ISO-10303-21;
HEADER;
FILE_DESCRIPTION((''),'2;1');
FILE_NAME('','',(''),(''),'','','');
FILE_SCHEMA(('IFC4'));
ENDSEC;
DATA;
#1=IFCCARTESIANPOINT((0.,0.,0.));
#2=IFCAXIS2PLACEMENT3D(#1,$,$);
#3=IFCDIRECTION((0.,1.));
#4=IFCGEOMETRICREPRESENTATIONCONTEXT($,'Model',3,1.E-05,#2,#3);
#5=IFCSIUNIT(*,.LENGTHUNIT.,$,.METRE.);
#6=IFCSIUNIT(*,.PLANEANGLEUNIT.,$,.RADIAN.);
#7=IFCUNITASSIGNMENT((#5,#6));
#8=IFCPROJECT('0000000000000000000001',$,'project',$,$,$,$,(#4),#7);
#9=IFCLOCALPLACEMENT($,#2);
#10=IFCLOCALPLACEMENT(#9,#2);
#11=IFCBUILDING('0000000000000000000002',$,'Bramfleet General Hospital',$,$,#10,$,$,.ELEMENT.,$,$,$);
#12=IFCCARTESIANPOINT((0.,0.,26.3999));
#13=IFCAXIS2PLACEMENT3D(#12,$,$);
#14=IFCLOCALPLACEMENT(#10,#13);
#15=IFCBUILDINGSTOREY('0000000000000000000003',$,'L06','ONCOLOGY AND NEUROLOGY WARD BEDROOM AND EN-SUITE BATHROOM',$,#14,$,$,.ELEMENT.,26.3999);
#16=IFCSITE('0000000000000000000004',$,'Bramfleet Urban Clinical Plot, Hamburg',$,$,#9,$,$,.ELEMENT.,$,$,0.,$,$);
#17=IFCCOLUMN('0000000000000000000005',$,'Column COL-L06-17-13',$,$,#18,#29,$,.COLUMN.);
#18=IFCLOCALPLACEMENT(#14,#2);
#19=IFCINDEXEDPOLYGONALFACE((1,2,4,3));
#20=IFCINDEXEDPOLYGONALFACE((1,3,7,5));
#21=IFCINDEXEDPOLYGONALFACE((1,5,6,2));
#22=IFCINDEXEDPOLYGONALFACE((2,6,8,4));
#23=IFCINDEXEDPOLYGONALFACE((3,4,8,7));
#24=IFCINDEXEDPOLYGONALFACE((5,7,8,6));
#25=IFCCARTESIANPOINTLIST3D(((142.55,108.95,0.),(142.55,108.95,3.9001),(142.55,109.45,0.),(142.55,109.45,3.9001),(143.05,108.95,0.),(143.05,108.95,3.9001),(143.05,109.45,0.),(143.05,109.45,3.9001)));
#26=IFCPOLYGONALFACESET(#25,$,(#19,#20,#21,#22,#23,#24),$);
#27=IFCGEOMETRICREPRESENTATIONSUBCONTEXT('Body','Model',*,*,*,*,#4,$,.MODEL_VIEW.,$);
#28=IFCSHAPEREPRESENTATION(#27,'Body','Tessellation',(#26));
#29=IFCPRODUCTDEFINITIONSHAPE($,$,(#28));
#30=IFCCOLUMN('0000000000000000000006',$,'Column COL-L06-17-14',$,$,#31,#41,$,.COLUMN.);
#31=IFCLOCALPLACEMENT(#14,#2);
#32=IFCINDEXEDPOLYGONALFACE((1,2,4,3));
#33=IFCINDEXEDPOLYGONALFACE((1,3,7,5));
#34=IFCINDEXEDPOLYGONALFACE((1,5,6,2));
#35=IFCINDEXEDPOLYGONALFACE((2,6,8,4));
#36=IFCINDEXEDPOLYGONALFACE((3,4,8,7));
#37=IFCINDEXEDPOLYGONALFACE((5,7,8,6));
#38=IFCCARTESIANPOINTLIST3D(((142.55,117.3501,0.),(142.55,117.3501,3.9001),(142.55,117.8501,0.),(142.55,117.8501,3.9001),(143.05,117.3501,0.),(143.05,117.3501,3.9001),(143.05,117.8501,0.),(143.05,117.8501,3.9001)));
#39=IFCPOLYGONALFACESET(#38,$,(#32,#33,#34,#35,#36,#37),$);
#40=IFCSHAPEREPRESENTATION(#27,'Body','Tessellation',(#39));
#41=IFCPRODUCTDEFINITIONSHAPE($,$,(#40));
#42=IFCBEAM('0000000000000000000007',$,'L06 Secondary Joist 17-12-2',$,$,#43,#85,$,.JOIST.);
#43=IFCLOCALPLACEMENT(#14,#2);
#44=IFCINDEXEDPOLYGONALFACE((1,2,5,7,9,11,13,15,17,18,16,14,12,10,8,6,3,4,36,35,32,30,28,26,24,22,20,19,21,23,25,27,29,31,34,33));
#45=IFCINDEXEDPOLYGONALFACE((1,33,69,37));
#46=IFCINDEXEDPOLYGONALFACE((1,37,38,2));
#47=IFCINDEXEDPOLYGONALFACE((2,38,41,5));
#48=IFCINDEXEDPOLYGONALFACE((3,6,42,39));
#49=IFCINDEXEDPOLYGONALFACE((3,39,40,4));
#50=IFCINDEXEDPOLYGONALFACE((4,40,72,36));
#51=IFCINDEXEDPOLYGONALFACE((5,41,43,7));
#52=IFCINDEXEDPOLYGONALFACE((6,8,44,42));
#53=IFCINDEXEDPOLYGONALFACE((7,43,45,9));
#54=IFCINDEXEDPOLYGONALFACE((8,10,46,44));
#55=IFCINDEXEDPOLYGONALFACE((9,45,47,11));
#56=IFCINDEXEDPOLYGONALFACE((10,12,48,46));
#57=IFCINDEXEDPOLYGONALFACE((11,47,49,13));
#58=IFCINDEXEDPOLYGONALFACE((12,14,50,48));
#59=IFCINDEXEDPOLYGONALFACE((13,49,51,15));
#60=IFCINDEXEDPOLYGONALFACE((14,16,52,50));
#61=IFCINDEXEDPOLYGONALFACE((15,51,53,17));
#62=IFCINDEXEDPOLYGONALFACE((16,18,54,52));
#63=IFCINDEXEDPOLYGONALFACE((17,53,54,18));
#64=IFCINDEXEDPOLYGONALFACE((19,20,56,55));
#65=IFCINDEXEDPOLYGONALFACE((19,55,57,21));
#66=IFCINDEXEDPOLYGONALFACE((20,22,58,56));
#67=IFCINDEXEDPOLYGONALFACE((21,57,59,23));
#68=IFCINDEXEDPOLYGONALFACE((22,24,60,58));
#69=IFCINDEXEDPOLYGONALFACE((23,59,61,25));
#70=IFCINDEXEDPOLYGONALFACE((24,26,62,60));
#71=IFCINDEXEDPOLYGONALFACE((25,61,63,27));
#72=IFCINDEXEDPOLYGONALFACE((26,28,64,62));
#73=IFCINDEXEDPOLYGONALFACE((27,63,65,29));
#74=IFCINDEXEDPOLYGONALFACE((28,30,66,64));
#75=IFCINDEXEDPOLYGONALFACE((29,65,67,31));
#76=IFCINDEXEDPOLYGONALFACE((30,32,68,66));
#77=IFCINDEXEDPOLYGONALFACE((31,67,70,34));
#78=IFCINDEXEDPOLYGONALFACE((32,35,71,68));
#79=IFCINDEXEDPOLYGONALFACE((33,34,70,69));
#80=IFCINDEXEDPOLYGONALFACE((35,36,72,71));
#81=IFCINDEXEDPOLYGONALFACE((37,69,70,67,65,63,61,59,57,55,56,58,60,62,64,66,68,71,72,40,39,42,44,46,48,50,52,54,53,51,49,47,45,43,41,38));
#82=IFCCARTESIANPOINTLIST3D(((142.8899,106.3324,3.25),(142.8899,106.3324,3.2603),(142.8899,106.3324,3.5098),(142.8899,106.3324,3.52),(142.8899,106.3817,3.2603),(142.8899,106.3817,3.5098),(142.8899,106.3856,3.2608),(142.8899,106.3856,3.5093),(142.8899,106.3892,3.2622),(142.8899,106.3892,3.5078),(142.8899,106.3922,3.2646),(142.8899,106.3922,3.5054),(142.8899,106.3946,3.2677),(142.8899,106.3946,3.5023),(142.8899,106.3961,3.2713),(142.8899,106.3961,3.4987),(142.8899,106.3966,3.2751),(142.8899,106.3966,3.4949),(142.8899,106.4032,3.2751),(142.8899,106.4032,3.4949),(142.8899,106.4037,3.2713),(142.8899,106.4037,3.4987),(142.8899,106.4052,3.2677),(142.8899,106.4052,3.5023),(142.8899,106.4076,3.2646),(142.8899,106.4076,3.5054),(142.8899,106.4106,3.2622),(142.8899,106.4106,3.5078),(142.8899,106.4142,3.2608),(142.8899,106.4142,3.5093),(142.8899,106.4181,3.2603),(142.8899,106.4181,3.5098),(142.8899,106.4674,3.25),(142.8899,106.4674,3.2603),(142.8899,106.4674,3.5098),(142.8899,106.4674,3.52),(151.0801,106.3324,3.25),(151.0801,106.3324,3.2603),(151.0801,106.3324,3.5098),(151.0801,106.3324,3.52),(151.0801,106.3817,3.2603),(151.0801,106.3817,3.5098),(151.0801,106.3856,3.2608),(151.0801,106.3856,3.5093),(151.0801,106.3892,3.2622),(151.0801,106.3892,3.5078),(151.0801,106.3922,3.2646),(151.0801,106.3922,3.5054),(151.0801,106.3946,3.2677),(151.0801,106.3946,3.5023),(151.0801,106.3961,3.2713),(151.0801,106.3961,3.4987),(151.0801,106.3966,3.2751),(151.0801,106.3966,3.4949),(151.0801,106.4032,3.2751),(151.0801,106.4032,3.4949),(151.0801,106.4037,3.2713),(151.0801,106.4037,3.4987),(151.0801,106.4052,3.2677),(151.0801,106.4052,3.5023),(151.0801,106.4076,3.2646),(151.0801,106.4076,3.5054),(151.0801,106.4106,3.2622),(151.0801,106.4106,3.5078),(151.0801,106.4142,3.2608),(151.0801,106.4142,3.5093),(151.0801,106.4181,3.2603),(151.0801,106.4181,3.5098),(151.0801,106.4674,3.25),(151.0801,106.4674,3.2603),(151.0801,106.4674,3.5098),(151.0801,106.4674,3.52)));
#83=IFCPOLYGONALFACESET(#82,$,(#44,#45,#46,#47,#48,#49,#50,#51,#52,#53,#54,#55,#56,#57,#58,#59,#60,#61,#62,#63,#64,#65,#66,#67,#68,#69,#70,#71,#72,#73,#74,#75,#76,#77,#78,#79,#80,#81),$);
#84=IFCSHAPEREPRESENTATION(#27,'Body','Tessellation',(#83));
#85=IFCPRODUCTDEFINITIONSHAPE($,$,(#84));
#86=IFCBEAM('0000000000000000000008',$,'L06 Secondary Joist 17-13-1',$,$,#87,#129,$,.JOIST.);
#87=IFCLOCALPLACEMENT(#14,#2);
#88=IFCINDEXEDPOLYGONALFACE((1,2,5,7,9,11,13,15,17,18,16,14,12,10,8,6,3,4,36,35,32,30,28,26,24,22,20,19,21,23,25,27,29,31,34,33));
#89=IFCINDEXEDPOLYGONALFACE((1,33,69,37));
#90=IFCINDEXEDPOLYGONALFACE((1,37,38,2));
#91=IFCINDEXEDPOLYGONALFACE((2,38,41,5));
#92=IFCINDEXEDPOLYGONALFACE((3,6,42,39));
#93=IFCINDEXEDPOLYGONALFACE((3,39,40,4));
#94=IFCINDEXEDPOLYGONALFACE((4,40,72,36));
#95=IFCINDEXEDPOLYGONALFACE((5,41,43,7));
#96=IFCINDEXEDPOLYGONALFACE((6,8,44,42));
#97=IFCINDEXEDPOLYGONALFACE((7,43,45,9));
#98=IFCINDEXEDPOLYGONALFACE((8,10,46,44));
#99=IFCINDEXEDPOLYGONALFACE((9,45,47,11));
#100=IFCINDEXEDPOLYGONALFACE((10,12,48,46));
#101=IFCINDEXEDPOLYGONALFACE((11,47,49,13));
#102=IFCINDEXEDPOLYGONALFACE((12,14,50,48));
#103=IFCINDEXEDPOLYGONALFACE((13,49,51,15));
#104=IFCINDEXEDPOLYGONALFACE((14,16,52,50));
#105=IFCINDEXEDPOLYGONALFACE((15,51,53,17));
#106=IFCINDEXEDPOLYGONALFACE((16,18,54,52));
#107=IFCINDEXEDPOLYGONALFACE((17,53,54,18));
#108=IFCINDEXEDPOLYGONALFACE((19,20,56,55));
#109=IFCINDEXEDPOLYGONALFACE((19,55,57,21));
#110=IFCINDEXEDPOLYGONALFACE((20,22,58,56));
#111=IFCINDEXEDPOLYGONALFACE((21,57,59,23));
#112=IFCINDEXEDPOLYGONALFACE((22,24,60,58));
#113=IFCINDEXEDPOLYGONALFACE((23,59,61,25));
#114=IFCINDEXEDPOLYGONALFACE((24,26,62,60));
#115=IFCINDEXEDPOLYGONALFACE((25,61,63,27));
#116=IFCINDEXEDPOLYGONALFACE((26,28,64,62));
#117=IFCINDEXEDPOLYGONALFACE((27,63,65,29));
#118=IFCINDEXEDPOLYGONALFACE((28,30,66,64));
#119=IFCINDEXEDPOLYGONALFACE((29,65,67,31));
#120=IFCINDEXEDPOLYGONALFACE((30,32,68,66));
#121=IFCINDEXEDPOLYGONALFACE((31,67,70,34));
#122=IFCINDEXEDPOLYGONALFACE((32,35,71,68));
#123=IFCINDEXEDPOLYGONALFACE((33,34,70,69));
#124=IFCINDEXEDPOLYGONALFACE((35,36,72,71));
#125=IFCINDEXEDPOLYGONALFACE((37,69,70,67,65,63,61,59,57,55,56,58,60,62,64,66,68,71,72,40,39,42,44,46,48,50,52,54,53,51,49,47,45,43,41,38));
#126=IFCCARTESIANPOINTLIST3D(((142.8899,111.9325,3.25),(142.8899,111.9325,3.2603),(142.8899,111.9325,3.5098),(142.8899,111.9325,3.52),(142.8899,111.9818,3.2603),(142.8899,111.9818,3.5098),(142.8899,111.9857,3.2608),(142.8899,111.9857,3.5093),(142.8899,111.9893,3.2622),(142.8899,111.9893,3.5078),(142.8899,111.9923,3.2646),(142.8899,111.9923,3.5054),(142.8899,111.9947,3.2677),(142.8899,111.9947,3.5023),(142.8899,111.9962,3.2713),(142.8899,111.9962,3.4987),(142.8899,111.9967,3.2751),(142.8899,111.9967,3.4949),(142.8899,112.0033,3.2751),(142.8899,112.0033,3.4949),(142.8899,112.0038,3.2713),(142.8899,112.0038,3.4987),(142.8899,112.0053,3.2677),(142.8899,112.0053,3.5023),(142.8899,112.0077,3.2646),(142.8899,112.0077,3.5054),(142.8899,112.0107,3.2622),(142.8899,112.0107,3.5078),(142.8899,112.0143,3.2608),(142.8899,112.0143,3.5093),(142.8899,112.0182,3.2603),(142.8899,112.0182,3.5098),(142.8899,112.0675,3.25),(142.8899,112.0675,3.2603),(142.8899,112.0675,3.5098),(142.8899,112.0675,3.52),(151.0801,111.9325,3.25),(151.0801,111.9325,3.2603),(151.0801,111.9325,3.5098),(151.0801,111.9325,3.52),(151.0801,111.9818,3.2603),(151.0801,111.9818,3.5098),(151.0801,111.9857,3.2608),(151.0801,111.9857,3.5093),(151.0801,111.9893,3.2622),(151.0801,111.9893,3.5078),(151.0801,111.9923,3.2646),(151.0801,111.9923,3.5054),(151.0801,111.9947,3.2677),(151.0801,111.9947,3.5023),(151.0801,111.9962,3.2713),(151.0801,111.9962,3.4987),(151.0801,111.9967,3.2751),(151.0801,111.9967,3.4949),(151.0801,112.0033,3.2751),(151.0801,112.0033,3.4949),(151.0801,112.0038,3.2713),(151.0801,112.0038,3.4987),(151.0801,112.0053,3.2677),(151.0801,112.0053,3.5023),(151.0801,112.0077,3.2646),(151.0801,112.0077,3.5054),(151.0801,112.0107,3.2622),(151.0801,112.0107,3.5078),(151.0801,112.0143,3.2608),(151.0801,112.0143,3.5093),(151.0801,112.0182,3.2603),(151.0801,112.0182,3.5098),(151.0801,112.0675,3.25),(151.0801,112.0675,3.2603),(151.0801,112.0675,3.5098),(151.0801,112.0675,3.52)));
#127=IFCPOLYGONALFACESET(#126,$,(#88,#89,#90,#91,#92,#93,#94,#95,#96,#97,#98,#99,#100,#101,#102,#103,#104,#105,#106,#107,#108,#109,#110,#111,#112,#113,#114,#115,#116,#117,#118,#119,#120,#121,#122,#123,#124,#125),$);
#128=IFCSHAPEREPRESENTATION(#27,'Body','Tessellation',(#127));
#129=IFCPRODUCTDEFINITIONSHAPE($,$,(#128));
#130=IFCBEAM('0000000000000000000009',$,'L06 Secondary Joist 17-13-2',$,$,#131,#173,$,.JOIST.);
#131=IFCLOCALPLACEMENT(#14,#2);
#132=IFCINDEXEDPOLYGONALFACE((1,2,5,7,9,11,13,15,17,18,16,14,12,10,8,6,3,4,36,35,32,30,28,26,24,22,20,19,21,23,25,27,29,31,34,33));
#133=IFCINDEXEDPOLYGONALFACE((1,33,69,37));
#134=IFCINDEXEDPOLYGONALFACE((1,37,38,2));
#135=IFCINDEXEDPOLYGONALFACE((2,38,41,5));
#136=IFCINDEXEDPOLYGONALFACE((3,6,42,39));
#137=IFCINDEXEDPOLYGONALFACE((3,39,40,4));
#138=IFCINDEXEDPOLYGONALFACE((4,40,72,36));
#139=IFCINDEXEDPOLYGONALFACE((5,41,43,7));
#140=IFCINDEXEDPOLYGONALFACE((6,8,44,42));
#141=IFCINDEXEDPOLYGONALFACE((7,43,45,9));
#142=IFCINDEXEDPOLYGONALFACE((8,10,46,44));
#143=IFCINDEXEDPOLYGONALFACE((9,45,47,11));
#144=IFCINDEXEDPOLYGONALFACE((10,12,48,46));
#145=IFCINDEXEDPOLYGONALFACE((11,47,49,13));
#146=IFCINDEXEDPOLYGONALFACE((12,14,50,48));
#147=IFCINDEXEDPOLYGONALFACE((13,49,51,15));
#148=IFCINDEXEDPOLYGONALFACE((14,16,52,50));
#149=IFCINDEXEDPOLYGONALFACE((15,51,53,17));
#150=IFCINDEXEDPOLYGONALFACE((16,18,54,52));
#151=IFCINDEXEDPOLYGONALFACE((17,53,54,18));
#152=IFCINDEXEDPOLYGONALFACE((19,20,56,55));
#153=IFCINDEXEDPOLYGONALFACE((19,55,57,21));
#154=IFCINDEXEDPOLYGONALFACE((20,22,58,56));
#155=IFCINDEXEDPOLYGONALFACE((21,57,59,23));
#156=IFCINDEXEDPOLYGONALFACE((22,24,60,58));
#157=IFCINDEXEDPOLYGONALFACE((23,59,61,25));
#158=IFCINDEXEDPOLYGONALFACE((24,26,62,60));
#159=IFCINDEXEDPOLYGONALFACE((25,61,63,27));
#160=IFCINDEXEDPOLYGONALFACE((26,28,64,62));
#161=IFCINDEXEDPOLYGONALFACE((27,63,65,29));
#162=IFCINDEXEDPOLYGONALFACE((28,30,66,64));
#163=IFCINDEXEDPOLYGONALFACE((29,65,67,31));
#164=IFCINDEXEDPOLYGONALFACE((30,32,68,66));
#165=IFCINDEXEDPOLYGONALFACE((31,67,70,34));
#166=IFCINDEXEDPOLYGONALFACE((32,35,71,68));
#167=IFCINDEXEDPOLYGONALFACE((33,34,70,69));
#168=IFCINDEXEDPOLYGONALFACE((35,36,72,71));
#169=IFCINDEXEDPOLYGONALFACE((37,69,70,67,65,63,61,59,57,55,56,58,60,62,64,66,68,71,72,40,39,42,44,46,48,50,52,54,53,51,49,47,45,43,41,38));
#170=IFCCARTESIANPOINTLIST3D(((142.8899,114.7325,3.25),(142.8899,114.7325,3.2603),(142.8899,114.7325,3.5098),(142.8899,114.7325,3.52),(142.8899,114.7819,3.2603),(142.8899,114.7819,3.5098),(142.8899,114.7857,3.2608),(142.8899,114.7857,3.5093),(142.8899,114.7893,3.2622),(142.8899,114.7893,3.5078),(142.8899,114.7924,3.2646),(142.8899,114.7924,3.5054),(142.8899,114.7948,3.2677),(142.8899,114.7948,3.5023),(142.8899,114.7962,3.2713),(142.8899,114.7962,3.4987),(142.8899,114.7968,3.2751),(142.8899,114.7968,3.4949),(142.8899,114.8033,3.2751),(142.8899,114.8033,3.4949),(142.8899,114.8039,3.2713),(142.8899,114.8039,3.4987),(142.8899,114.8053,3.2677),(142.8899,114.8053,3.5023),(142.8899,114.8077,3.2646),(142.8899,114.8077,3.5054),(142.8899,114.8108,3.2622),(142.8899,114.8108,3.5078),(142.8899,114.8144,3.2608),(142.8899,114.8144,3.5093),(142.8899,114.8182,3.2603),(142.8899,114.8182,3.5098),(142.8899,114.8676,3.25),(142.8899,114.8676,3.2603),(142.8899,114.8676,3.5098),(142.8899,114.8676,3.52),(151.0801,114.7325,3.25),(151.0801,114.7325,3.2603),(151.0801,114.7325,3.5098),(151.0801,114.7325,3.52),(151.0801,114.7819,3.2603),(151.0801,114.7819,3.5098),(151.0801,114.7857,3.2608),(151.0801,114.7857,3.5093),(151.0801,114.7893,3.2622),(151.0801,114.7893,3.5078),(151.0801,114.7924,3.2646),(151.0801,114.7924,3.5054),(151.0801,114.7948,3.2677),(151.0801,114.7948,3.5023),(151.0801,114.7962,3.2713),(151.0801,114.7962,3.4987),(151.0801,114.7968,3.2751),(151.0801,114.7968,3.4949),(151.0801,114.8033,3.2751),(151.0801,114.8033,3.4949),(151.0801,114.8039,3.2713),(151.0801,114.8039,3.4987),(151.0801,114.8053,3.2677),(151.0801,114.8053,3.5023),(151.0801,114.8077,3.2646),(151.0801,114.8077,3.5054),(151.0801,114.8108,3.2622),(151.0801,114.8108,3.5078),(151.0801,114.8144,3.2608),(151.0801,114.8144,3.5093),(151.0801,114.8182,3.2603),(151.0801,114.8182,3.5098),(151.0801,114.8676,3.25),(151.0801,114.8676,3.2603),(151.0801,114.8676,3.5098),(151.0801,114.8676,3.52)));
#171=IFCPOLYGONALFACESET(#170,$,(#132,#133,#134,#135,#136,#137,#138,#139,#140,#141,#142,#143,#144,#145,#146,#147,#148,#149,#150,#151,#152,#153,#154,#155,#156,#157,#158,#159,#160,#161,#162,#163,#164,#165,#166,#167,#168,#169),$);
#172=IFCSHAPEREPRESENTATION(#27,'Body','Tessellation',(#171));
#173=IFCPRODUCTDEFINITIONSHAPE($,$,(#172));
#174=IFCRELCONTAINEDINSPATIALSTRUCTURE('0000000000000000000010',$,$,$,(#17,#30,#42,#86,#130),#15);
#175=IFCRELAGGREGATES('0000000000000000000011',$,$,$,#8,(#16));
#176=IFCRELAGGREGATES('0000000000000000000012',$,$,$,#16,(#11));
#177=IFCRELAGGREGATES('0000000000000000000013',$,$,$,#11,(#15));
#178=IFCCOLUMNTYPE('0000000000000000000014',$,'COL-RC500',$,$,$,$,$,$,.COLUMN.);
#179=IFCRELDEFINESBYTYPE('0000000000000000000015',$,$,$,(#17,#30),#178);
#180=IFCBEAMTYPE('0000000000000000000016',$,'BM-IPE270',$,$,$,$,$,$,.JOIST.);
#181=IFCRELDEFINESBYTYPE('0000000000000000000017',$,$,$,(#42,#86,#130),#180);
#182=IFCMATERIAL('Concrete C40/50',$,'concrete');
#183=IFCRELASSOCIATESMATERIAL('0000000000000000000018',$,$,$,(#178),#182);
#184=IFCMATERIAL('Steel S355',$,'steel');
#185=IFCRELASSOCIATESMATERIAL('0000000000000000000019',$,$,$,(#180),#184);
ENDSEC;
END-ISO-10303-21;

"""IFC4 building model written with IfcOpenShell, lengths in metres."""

from ifc_helpers import new_model, si_unit, direction, frame, origin, origin_2d, place, context, subcontext, project, spatial, rectangle, i_section, extrude, material, material_profile, profile_set, type_object, element, save


model = new_model("IFC4")

# Units and contexts
model_context = context("Model", 3, precision=1e-05, world=origin(), true_north=direction((0.0, 1.0)))
body_context = subcontext(model_context, "Body", "Model", "MODEL_VIEW")
ifc_project = project(units=[si_unit("LENGTHUNIT", "METRE"), si_unit("PLANEANGLEUNIT", "RADIAN")], contexts=[model_context])

# Site, building, storey
site_placement = place(None, origin())
site = spatial("IfcSite", under=ifc_project, at=site_placement, Name="Bramfleet Urban Clinical Plot, Hamburg", CompositionType="ELEMENT", RefElevation=0.0)
building_placement = place(site_placement, origin())
building = spatial("IfcBuilding", under=site, at=building_placement, Name="Bramfleet General Hospital", CompositionType="ELEMENT")
storey_placement = place(building_placement, frame((0.0, 0.0, 26.3999)))
storey = spatial("IfcBuildingStorey", under=building, at=storey_placement, Name="L06", Description="ONCOLOGY AND NEUROLOGY WARD BEDROOM AND EN-SUITE BATHROOM", CompositionType="ELEMENT", Elevation=26.3999)

# Columns
ifc_material_1 = material(Name="Concrete C40/50", Category="concrete")
ifc_material_profile_1 = material_profile(ifc_material_1, rectangle(XDim=0.5, YDim=0.5, at=origin_2d()), Name="RC COL 500x500")
ifc_profile_set_1 = profile_set([ifc_material_profile_1], Name="Concrete C40/50")
column_type = type_object("IfcColumnType", Name="COL-RC500", PredefinedType="COLUMN", material=ifc_profile_set_1)
for number, where, z_axis, x_axis, name in (
    (1, (142.8, 109.2, 0.0), (0.0, 0.0, 1.0), (1.0, 0.0, 0.0), "Column COL-L06-17-13"),
    (2, (142.8, 117.6001, 0.0), (0.0, 0.0, 1.0), (1.0, 0.0, 0.0), "Column COL-L06-17-14"),
):
    element("IfcColumn", number, at=place(storey_placement, frame(where, z_axis=z_axis, x_axis=x_axis)), inside=storey, type_object=column_type, Name=name, PredefinedType="COLUMN", context=body_context, shape_type="SweptSolid", body=[
        extrude(rectangle(XDim=0.5, YDim=0.5, at=origin_2d()), origin(), (0.0, 0.0, 1.0), 3.9001),
    ])

# Beams
ifc_material_2 = material(Name="Steel S355", Category="steel")
ifc_material_profile_2 = material_profile(ifc_material_2, i_section(OverallWidth=0.135, OverallDepth=0.27, WebThickness=0.0066, FlangeThickness=0.0103, FilletRadius=0.0149, at=origin_2d()), Name="IPE 270")
ifc_profile_set_2 = profile_set([ifc_material_profile_2], Name="Steel S355")
beam_type_1 = type_object("IfcBeamType", Name="BM-IPE270", PredefinedType="JOIST", material=ifc_profile_set_2)
for number, where, z_axis, x_axis, name in (
    (3, (142.8899, 106.3999, 3.385), (1.0, 0.0, 0.0), (0.0, 1.0, 0.0), "L06 Secondary Joist 17-12-2"),
    (4, (142.8899, 112.0, 3.385), (1.0, 0.0, 0.0), (0.0, 1.0, 0.0), "L06 Secondary Joist 17-13-1"),
    (5, (142.8899, 114.8, 3.385), (1.0, 0.0, 0.0), (0.0, 1.0, 0.0), "L06 Secondary Joist 17-13-2"),
):
    element("IfcBeam", number, at=place(storey_placement, frame(where, z_axis=z_axis, x_axis=x_axis)), inside=storey, type_object=beam_type_1, Name=name, PredefinedType="JOIST", context=body_context, shape_type="SweptSolid", body=[
        extrude(i_section(OverallWidth=0.135, OverallDepth=0.27, WebThickness=0.0066, FlangeThickness=0.0103, FilletRadius=0.0149, at=origin_2d()), origin(), (0.0, 0.0, 1.0), 8.1902),
    ])

save(model, "model.ifc")
